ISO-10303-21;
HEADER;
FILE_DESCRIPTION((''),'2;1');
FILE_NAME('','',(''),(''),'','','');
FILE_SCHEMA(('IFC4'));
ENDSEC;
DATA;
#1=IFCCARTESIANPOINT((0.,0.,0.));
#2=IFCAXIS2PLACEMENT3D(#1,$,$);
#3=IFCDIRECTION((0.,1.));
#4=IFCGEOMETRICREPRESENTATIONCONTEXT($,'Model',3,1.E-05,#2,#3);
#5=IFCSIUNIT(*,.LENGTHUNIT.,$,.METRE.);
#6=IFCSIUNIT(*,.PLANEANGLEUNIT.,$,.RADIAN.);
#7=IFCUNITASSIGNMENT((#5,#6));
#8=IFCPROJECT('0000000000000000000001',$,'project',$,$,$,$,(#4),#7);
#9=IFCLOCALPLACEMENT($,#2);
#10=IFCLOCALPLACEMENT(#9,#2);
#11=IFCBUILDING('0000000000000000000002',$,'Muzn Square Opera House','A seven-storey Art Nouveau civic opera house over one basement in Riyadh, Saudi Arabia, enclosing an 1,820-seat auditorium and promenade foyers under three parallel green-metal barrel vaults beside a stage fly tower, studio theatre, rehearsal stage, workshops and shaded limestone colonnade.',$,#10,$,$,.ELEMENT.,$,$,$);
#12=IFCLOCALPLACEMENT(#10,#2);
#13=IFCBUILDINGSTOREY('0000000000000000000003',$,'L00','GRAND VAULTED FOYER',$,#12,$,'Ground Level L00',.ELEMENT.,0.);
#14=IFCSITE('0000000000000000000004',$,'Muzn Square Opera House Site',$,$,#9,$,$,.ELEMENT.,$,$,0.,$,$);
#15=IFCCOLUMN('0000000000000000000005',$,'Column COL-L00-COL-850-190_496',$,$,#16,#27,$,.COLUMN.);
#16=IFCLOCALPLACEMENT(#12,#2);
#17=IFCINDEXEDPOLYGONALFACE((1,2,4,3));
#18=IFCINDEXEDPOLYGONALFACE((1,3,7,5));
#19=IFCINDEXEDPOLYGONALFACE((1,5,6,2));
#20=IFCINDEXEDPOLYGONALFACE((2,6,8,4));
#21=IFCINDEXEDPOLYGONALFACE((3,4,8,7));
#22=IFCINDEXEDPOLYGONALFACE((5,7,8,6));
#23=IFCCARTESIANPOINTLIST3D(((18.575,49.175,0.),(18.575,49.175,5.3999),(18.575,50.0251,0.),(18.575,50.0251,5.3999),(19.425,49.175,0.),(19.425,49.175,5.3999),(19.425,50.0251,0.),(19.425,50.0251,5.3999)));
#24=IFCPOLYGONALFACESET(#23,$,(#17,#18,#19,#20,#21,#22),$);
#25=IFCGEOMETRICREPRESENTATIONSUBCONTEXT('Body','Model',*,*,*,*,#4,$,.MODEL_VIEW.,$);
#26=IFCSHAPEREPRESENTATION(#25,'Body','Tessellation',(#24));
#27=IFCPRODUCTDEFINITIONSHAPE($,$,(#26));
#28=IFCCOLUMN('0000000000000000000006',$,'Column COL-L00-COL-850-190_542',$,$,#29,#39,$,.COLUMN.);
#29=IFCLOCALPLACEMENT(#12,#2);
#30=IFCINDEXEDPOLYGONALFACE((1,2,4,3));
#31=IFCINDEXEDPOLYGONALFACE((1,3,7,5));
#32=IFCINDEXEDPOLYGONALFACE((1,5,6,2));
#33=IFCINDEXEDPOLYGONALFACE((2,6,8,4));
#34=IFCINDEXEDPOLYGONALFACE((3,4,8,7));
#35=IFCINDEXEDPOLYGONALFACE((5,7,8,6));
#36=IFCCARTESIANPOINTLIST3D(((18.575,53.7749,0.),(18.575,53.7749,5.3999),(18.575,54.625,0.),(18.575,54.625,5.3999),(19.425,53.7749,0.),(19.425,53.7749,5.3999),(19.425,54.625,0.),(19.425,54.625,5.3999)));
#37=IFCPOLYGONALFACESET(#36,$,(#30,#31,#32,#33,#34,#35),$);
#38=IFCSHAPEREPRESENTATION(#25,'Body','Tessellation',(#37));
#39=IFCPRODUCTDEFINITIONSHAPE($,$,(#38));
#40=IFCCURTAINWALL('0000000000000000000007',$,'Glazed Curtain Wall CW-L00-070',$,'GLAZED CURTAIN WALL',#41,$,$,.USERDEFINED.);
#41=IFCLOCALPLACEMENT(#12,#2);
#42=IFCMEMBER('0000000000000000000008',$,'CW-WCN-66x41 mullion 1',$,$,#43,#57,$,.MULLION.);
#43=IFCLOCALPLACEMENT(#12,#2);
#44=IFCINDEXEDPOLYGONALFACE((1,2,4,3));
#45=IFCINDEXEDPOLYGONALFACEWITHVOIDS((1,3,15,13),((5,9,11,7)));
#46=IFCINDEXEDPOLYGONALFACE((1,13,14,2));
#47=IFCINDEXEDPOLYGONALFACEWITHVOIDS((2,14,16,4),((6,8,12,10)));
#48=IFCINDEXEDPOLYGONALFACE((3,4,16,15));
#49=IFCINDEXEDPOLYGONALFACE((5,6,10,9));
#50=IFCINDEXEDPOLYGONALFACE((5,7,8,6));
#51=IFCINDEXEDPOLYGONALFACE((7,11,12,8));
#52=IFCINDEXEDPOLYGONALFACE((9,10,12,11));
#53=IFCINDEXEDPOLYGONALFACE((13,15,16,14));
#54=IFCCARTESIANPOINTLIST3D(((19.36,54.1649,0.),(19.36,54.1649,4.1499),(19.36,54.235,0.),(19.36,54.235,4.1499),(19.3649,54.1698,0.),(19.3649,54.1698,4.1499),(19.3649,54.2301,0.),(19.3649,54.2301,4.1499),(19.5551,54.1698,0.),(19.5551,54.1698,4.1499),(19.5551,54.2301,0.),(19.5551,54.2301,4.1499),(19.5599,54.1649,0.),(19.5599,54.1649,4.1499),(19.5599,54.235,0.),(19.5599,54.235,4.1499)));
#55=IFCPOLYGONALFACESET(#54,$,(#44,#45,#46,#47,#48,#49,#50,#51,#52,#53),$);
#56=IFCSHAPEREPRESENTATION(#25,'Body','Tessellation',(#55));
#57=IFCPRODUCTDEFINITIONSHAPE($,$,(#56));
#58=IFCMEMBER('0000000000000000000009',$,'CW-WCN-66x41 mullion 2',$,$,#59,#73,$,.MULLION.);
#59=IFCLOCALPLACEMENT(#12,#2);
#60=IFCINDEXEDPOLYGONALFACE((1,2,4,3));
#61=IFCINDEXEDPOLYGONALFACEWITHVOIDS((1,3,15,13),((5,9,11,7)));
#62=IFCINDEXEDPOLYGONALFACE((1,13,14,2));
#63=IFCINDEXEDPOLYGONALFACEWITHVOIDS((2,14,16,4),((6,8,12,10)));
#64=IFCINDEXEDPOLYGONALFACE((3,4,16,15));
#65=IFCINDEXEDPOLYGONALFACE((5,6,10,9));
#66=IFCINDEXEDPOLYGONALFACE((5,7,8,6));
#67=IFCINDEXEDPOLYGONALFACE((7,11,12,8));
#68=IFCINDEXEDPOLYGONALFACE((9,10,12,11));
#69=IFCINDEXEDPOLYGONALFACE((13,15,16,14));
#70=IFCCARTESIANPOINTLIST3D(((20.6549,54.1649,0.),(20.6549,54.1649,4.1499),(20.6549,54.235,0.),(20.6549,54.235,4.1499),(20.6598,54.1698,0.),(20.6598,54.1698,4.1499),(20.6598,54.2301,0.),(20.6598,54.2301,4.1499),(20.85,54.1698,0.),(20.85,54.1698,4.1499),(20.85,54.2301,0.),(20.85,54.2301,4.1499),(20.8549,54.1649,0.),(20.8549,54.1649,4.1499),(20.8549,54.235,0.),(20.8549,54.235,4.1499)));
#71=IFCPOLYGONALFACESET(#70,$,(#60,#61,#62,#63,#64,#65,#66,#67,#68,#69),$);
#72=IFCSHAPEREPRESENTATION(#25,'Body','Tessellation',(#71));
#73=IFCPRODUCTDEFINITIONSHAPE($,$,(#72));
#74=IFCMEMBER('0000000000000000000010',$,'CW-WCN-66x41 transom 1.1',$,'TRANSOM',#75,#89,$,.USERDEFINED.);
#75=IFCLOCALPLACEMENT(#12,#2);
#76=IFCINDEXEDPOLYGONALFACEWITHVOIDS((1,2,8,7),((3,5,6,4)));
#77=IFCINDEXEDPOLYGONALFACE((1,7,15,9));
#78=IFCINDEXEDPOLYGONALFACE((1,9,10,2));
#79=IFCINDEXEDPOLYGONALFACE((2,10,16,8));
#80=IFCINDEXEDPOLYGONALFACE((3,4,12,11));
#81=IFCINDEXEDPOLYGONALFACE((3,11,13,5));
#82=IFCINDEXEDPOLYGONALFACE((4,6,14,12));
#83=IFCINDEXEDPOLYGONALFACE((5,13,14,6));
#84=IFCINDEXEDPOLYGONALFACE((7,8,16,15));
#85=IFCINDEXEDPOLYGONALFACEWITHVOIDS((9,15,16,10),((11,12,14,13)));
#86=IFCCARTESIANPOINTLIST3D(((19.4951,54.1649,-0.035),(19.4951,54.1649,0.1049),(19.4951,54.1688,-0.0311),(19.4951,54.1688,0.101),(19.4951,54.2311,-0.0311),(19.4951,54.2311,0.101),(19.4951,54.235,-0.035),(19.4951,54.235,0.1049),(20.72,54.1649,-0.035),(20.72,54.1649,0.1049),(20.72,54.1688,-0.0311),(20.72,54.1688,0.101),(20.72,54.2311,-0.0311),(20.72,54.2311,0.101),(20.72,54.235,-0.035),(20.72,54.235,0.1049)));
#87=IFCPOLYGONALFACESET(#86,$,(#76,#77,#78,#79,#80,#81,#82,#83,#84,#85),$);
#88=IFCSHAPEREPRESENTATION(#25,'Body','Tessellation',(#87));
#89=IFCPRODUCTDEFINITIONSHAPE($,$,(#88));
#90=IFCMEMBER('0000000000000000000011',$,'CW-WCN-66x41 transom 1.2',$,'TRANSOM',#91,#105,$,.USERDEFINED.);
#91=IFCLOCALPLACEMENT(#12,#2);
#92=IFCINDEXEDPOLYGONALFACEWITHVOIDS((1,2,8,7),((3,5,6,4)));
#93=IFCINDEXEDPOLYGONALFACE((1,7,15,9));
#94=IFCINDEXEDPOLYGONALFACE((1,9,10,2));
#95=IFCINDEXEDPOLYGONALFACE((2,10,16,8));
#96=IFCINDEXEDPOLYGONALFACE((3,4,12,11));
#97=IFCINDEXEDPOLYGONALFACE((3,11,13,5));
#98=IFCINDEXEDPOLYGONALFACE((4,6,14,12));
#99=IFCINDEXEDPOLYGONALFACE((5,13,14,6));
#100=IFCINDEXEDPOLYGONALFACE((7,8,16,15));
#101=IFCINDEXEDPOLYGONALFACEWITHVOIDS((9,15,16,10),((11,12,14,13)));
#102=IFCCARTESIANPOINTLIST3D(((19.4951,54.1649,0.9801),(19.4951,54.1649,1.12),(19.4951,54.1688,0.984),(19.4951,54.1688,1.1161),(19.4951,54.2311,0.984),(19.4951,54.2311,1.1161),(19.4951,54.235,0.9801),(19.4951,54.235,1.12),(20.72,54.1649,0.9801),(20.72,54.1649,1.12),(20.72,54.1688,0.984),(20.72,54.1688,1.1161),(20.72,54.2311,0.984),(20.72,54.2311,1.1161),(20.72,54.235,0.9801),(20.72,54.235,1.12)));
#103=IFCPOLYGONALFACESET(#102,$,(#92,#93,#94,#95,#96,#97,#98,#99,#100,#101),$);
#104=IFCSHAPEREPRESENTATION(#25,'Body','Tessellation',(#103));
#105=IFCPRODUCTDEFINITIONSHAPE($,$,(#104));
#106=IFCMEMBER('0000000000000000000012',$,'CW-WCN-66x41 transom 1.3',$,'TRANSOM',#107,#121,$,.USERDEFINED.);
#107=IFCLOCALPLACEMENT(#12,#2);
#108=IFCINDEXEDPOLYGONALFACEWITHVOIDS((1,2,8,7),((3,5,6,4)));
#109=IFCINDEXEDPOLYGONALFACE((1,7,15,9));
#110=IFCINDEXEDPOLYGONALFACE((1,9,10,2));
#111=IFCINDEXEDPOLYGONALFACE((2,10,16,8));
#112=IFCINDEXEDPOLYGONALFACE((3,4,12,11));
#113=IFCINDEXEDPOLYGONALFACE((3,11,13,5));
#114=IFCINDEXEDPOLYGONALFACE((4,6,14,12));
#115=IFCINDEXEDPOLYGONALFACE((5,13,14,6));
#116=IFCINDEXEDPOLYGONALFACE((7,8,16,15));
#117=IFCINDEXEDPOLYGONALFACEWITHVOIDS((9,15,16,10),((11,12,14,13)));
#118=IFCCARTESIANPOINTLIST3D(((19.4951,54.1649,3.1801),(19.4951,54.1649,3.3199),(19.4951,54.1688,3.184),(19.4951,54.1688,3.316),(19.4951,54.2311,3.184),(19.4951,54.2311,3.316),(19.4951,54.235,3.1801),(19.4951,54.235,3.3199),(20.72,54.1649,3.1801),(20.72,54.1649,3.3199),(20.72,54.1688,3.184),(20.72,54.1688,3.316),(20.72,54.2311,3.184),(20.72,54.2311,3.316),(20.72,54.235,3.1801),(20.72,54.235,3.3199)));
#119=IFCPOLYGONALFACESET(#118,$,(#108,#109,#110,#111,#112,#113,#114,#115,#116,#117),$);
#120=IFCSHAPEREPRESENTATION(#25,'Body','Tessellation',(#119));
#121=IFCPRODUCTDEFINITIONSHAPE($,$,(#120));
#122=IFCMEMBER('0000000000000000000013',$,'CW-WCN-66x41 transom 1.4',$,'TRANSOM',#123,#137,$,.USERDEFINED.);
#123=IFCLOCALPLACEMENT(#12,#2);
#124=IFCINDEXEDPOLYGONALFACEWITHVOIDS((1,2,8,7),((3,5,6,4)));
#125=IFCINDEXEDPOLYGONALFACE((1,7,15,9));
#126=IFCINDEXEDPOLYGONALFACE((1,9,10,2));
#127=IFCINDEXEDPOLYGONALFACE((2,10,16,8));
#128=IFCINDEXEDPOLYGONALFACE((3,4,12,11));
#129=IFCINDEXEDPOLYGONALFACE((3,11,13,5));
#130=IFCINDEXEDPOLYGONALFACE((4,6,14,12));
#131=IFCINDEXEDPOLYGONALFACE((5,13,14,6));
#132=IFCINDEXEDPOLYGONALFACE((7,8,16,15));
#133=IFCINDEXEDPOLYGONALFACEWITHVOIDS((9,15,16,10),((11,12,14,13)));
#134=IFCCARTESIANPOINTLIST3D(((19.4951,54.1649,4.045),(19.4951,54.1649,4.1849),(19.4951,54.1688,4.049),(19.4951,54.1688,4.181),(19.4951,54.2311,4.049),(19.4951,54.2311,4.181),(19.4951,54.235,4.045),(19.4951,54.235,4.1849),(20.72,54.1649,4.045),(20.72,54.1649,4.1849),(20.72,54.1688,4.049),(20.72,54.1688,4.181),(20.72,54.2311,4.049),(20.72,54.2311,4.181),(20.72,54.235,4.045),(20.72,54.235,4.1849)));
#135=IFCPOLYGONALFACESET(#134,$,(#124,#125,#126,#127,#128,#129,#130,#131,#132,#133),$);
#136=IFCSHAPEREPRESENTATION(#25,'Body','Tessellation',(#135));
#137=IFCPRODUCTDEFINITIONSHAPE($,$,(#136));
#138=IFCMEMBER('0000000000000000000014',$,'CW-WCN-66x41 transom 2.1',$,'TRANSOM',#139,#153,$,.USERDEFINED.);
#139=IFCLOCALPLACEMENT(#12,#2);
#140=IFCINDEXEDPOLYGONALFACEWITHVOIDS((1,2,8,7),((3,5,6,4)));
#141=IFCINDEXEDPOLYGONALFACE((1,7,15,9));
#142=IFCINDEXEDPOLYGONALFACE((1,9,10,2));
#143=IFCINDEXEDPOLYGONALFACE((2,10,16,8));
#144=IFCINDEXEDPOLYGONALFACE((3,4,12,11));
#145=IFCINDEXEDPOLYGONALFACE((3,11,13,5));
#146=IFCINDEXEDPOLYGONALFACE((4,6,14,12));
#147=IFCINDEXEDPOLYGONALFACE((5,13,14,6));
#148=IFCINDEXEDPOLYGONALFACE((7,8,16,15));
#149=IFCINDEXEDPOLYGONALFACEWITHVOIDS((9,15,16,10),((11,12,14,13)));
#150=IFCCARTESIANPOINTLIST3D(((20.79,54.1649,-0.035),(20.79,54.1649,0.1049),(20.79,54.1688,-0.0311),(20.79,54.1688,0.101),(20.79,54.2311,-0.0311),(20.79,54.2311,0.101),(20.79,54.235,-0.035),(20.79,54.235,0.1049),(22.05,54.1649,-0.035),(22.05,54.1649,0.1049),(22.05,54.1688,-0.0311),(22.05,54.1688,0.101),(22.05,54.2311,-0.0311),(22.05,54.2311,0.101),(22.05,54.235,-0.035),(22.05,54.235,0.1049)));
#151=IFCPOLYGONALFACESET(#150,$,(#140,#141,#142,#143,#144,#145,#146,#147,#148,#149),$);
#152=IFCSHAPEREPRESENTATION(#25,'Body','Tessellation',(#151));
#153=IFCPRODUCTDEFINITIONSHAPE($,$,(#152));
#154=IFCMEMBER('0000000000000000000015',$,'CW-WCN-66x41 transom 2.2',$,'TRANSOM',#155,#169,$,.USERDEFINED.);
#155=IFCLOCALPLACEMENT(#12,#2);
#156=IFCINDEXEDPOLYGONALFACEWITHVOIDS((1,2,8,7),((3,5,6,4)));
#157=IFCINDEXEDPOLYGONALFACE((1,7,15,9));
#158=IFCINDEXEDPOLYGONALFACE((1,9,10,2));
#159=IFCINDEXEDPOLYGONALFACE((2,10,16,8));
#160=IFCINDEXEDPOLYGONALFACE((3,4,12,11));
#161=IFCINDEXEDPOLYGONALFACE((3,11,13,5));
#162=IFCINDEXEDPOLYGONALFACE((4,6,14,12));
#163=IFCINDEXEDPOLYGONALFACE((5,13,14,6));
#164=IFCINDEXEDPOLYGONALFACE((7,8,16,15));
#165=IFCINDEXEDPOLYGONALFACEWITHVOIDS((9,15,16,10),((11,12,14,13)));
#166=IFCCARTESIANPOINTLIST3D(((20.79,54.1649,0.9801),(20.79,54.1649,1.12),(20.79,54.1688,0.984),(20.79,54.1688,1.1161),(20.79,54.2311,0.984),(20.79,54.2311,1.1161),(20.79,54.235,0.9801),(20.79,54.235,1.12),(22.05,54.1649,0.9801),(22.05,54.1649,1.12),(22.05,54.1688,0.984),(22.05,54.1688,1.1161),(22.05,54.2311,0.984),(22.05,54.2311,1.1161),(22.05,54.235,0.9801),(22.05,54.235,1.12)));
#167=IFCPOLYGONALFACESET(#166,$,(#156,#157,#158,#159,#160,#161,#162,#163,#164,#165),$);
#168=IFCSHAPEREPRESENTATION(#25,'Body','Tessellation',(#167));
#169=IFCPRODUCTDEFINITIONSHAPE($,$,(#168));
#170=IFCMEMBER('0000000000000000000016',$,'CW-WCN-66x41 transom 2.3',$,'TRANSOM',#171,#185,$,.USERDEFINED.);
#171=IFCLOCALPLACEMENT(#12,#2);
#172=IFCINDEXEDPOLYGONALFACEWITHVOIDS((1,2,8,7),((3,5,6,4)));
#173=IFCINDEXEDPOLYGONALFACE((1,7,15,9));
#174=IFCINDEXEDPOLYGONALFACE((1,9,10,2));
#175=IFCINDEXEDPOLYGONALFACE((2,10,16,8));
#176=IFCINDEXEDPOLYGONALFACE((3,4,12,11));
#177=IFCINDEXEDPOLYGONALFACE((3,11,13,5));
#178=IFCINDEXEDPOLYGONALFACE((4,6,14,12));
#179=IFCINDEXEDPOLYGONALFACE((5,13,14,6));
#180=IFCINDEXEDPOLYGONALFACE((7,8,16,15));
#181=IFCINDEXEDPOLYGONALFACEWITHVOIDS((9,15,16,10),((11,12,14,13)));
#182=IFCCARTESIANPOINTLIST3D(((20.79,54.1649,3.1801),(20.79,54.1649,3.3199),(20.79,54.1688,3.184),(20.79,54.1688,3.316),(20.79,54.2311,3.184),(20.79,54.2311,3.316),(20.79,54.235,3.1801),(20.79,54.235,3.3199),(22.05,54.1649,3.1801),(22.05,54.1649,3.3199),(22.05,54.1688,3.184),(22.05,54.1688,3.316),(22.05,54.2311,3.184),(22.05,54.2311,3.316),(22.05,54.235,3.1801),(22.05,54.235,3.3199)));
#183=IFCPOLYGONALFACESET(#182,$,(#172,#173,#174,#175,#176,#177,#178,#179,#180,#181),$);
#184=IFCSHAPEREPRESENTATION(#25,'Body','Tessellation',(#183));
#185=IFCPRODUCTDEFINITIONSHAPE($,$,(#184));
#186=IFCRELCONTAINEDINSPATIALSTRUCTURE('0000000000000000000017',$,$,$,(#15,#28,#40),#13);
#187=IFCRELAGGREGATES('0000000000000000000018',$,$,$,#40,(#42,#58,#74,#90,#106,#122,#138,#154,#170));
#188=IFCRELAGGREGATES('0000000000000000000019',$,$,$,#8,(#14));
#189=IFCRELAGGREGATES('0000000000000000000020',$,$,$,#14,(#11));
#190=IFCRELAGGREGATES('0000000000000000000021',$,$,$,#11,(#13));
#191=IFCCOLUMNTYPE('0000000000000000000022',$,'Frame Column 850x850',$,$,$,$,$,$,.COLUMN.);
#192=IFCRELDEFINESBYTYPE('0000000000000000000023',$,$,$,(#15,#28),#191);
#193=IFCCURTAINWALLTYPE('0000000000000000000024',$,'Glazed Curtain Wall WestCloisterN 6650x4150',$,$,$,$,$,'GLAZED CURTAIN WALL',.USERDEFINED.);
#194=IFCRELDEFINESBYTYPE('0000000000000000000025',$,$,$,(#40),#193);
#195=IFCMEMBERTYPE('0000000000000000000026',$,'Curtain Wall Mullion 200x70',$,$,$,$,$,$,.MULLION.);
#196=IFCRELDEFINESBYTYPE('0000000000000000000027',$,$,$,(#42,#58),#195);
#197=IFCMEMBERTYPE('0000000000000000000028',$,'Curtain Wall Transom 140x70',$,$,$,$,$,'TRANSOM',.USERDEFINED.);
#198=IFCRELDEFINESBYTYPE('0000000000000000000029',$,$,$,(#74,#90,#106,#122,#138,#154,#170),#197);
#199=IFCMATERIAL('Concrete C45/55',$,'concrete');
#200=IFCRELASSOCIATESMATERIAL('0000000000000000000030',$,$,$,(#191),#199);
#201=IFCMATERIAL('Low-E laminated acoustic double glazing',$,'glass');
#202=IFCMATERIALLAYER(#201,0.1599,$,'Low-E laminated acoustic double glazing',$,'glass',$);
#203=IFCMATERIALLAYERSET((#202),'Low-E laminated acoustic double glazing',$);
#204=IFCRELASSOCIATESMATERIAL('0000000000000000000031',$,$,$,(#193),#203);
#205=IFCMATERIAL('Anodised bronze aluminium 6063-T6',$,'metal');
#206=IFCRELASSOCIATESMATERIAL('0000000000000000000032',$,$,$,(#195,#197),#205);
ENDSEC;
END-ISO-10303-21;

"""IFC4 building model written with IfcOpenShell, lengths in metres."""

from ifc_helpers import new_model, si_unit, direction, frame, origin, origin_2d, place, context, subcontext, project, spatial, rectangle, hollow_rectangle, extrude, material, layer, layer_set, material_profile, profile_set, type_object, element, aggregate, save


model = new_model("IFC4")

# Units and contexts
model_context = context("Model", 3, precision=1e-05, world=origin(), true_north=direction((0.0, 1.0)))
body_context = subcontext(model_context, "Body", "Model", "MODEL_VIEW")
ifc_project = project(units=[si_unit("LENGTHUNIT", "METRE"), si_unit("PLANEANGLEUNIT", "RADIAN")], contexts=[model_context])

# Site, building, storey
site_placement = place(None, origin())
site = spatial("IfcSite", under=ifc_project, at=site_placement, Name="Muzn Square Opera House Site", CompositionType="ELEMENT", RefElevation=0.0)
building_placement = place(site_placement, origin())
building = spatial("IfcBuilding", under=site, at=building_placement, Name="Muzn Square Opera House", Description="A seven-storey Art Nouveau civic opera house over one basement in Riyadh, Saudi Arabia, enclosing an 1,820-seat auditorium and promenade foyers under three parallel green-metal barrel vaults beside a stage fly tower, studio theatre, rehearsal stage, workshops and shaded limestone colonnade.", CompositionType="ELEMENT")
storey_placement = place(building_placement, origin())
storey = spatial("IfcBuildingStorey", under=building, at=storey_placement, Name="L00", Description="GRAND VAULTED FOYER", LongName="Ground Level L00", CompositionType="ELEMENT", Elevation=0.0)

# Columns
ifc_material_1 = material(Name="Concrete C45/55", Category="concrete")
ifc_material_profile_1 = material_profile(ifc_material_1, rectangle(XDim=0.8501, YDim=0.8501, at=origin_2d()), Name="RC 850x850", Category="concrete")
ifc_profile_set_1 = profile_set([ifc_material_profile_1], Name="Concrete C45/55")
column_type = type_object("IfcColumnType", Name="Frame Column 850x850", PredefinedType="COLUMN", material=ifc_profile_set_1)
for number, where, z_axis, x_axis, name in (
    (1, (19.0, 49.6001, 0.0), (0.0, 0.0, 1.0), (1.0, 0.0, 0.0), "Column COL-L00-COL-850-190_496"),
    (2, (19.0, 54.2, 0.0), (0.0, 0.0, 1.0), (1.0, 0.0, 0.0), "Column COL-L00-COL-850-190_542"),
):
    element("IfcColumn", number, at=place(storey_placement, frame(where, z_axis=z_axis, x_axis=x_axis)), inside=storey, type_object=column_type, Name=name, PredefinedType="COLUMN", context=body_context, shape_type="SweptSolid", body=[
        extrude(rectangle(XDim=0.8501, YDim=0.8501, at=origin_2d()), origin(), (0.0, 0.0, 1.0), 5.3999),
    ])

# Curtain wall, members
ifc_material_2 = material(Name="Low-E laminated acoustic double glazing", Category="glass")
ifc_layer_1 = layer(ifc_material_2, 0.1599, Name="Low-E laminated acoustic double glazing", Category="glass")
ifc_layer_set_1 = layer_set([ifc_layer_1], Name="Low-E laminated acoustic double glazing")
curtain_wall_type = type_object("IfcCurtainWallType", Name="Glazed Curtain Wall WestCloisterN 6650x4150", ElementType="GLAZED CURTAIN WALL", PredefinedType="USERDEFINED", material=ifc_layer_set_1)
curtain_wall_placement = place(storey_placement, origin())
curtain_wall = element("IfcCurtainWall", 3, at=curtain_wall_placement, inside=storey, type_object=curtain_wall_type, Name="Glazed Curtain Wall CW-L00-070", ObjectType="GLAZED CURTAIN WALL", PredefinedType="USERDEFINED")
ifc_material_3 = material(Name="Anodised bronze aluminium 6063-T6", Category="metal")
ifc_material_profile_2 = material_profile(ifc_material_3, hollow_rectangle(XDim=0.0701, YDim=0.2, WallThickness=0.0049, at=origin_2d()), Name="ALU 200x70x5", Category="metal")
ifc_profile_set_2 = profile_set([ifc_material_profile_2], Name="Anodised bronze aluminium 6063-T6")
member_type_1 = type_object("IfcMemberType", Name="Curtain Wall Mullion 200x70", PredefinedType="MULLION", material=ifc_profile_set_2)
member_1_placement = place(storey_placement, frame((19.46, 54.2, 0.0), z_axis=(0.0, 0.0, 1.0), x_axis=(0.0, 1.0, 0.0)))
member_1 = element("IfcMember", 4, at=member_1_placement, type_object=member_type_1, Name="CW-WCN-66x41 mullion 1", PredefinedType="MULLION", context=body_context, shape_type="SweptSolid", body=[
    extrude(hollow_rectangle(XDim=0.0701, YDim=0.2, WallThickness=0.0049, at=origin_2d()), origin(), (0.0, 0.0, 1.0), 4.1499),
])
member_2_placement = place(storey_placement, frame((20.7549, 54.2, 0.0), z_axis=(0.0, 0.0, 1.0), x_axis=(0.0, 1.0, 0.0)))
member_2 = element("IfcMember", 5, at=member_2_placement, type_object=member_type_1, Name="CW-WCN-66x41 mullion 2", PredefinedType="MULLION", context=body_context, shape_type="SweptSolid", body=[
    extrude(hollow_rectangle(XDim=0.0701, YDim=0.2, WallThickness=0.0049, at=origin_2d()), origin(), (0.0, 0.0, 1.0), 4.1499),
])
ifc_material_profile_3 = material_profile(ifc_material_3, hollow_rectangle(XDim=0.0701, YDim=0.1399, WallThickness=0.0039, at=origin_2d()), Name="ALU 140x70x4", Category="metal")
ifc_profile_set_3 = profile_set([ifc_material_profile_3], Name="Anodised bronze aluminium 6063-T6")
member_type_2 = type_object("IfcMemberType", Name="Curtain Wall Transom 140x70", ElementType="TRANSOM", PredefinedType="USERDEFINED", material=ifc_profile_set_3)
member_3_placement = place(storey_placement, frame((19.4951, 54.2, 0.0349), z_axis=(1.0, 0.0, 0.0), x_axis=(0.0, 1.0, 0.0)))
member_3 = element("IfcMember", 6, at=member_3_placement, type_object=member_type_2, Name="CW-WCN-66x41 transom 1.1", ObjectType="TRANSOM", PredefinedType="USERDEFINED", context=body_context, shape_type="SweptSolid", body=[
    extrude(hollow_rectangle(XDim=0.0701, YDim=0.1399, WallThickness=0.0039, at=origin_2d()), origin(), (0.0, 0.0, 1.0), 1.2249),
])
member_4_placement = place(storey_placement, frame((19.4951, 54.2, 1.05), z_axis=(1.0, 0.0, 0.0), x_axis=(0.0, 1.0, 0.0)))
member_4 = element("IfcMember", 7, at=member_4_placement, type_object=member_type_2, Name="CW-WCN-66x41 transom 1.2", ObjectType="TRANSOM", PredefinedType="USERDEFINED", context=body_context, shape_type="SweptSolid", body=[
    extrude(hollow_rectangle(XDim=0.0701, YDim=0.1399, WallThickness=0.0039, at=origin_2d()), origin(), (0.0, 0.0, 1.0), 1.2249),
])
member_5_placement = place(storey_placement, frame((19.4951, 54.2, 3.25), z_axis=(1.0, 0.0, 0.0), x_axis=(0.0, 1.0, 0.0)))
member_5 = element("IfcMember", 8, at=member_5_placement, type_object=member_type_2, Name="CW-WCN-66x41 transom 1.3", ObjectType="TRANSOM", PredefinedType="USERDEFINED", context=body_context, shape_type="SweptSolid", body=[
    extrude(hollow_rectangle(XDim=0.0701, YDim=0.1399, WallThickness=0.0039, at=origin_2d()), origin(), (0.0, 0.0, 1.0), 1.2249),
])
member_6_placement = place(storey_placement, frame((19.4951, 54.2, 4.115), z_axis=(1.0, 0.0, 0.0), x_axis=(0.0, 1.0, 0.0)))
member_6 = element("IfcMember", 9, at=member_6_placement, type_object=member_type_2, Name="CW-WCN-66x41 transom 1.4", ObjectType="TRANSOM", PredefinedType="USERDEFINED", context=body_context, shape_type="SweptSolid", body=[
    extrude(hollow_rectangle(XDim=0.0701, YDim=0.1399, WallThickness=0.0039, at=origin_2d()), origin(), (0.0, 0.0, 1.0), 1.2249),
])
member_7_placement = place(storey_placement, frame((20.79, 54.2, 0.0349), z_axis=(1.0, 0.0, 0.0), x_axis=(0.0, 1.0, 0.0)))
member_7 = element("IfcMember", 10, at=member_7_placement, type_object=member_type_2, Name="CW-WCN-66x41 transom 2.1", ObjectType="TRANSOM", PredefinedType="USERDEFINED", context=body_context, shape_type="SweptSolid", body=[
    extrude(hollow_rectangle(XDim=0.0701, YDim=0.1399, WallThickness=0.0039, at=origin_2d()), origin(), (0.0, 0.0, 1.0), 1.26),
])
member_8_placement = place(storey_placement, frame((20.79, 54.2, 1.05), z_axis=(1.0, 0.0, 0.0), x_axis=(0.0, 1.0, 0.0)))
member_8 = element("IfcMember", 11, at=member_8_placement, type_object=member_type_2, Name="CW-WCN-66x41 transom 2.2", ObjectType="TRANSOM", PredefinedType="USERDEFINED", context=body_context, shape_type="SweptSolid", body=[
    extrude(hollow_rectangle(XDim=0.0701, YDim=0.1399, WallThickness=0.0039, at=origin_2d()), origin(), (0.0, 0.0, 1.0), 1.26),
])
member_9_placement = place(storey_placement, frame((20.79, 54.2, 3.25), z_axis=(1.0, 0.0, 0.0), x_axis=(0.0, 1.0, 0.0)))
member_9 = element("IfcMember", 12, at=member_9_placement, type_object=member_type_2, Name="CW-WCN-66x41 transom 2.3", ObjectType="TRANSOM", PredefinedType="USERDEFINED", context=body_context, shape_type="SweptSolid", body=[
    extrude(hollow_rectangle(XDim=0.0701, YDim=0.1399, WallThickness=0.0039, at=origin_2d()), origin(), (0.0, 0.0, 1.0), 1.26),
])

aggregate(curtain_wall, [member_1, member_2, member_3, member_4, member_5, member_6, member_7, member_8, member_9])

save(model, "model.ifc")
